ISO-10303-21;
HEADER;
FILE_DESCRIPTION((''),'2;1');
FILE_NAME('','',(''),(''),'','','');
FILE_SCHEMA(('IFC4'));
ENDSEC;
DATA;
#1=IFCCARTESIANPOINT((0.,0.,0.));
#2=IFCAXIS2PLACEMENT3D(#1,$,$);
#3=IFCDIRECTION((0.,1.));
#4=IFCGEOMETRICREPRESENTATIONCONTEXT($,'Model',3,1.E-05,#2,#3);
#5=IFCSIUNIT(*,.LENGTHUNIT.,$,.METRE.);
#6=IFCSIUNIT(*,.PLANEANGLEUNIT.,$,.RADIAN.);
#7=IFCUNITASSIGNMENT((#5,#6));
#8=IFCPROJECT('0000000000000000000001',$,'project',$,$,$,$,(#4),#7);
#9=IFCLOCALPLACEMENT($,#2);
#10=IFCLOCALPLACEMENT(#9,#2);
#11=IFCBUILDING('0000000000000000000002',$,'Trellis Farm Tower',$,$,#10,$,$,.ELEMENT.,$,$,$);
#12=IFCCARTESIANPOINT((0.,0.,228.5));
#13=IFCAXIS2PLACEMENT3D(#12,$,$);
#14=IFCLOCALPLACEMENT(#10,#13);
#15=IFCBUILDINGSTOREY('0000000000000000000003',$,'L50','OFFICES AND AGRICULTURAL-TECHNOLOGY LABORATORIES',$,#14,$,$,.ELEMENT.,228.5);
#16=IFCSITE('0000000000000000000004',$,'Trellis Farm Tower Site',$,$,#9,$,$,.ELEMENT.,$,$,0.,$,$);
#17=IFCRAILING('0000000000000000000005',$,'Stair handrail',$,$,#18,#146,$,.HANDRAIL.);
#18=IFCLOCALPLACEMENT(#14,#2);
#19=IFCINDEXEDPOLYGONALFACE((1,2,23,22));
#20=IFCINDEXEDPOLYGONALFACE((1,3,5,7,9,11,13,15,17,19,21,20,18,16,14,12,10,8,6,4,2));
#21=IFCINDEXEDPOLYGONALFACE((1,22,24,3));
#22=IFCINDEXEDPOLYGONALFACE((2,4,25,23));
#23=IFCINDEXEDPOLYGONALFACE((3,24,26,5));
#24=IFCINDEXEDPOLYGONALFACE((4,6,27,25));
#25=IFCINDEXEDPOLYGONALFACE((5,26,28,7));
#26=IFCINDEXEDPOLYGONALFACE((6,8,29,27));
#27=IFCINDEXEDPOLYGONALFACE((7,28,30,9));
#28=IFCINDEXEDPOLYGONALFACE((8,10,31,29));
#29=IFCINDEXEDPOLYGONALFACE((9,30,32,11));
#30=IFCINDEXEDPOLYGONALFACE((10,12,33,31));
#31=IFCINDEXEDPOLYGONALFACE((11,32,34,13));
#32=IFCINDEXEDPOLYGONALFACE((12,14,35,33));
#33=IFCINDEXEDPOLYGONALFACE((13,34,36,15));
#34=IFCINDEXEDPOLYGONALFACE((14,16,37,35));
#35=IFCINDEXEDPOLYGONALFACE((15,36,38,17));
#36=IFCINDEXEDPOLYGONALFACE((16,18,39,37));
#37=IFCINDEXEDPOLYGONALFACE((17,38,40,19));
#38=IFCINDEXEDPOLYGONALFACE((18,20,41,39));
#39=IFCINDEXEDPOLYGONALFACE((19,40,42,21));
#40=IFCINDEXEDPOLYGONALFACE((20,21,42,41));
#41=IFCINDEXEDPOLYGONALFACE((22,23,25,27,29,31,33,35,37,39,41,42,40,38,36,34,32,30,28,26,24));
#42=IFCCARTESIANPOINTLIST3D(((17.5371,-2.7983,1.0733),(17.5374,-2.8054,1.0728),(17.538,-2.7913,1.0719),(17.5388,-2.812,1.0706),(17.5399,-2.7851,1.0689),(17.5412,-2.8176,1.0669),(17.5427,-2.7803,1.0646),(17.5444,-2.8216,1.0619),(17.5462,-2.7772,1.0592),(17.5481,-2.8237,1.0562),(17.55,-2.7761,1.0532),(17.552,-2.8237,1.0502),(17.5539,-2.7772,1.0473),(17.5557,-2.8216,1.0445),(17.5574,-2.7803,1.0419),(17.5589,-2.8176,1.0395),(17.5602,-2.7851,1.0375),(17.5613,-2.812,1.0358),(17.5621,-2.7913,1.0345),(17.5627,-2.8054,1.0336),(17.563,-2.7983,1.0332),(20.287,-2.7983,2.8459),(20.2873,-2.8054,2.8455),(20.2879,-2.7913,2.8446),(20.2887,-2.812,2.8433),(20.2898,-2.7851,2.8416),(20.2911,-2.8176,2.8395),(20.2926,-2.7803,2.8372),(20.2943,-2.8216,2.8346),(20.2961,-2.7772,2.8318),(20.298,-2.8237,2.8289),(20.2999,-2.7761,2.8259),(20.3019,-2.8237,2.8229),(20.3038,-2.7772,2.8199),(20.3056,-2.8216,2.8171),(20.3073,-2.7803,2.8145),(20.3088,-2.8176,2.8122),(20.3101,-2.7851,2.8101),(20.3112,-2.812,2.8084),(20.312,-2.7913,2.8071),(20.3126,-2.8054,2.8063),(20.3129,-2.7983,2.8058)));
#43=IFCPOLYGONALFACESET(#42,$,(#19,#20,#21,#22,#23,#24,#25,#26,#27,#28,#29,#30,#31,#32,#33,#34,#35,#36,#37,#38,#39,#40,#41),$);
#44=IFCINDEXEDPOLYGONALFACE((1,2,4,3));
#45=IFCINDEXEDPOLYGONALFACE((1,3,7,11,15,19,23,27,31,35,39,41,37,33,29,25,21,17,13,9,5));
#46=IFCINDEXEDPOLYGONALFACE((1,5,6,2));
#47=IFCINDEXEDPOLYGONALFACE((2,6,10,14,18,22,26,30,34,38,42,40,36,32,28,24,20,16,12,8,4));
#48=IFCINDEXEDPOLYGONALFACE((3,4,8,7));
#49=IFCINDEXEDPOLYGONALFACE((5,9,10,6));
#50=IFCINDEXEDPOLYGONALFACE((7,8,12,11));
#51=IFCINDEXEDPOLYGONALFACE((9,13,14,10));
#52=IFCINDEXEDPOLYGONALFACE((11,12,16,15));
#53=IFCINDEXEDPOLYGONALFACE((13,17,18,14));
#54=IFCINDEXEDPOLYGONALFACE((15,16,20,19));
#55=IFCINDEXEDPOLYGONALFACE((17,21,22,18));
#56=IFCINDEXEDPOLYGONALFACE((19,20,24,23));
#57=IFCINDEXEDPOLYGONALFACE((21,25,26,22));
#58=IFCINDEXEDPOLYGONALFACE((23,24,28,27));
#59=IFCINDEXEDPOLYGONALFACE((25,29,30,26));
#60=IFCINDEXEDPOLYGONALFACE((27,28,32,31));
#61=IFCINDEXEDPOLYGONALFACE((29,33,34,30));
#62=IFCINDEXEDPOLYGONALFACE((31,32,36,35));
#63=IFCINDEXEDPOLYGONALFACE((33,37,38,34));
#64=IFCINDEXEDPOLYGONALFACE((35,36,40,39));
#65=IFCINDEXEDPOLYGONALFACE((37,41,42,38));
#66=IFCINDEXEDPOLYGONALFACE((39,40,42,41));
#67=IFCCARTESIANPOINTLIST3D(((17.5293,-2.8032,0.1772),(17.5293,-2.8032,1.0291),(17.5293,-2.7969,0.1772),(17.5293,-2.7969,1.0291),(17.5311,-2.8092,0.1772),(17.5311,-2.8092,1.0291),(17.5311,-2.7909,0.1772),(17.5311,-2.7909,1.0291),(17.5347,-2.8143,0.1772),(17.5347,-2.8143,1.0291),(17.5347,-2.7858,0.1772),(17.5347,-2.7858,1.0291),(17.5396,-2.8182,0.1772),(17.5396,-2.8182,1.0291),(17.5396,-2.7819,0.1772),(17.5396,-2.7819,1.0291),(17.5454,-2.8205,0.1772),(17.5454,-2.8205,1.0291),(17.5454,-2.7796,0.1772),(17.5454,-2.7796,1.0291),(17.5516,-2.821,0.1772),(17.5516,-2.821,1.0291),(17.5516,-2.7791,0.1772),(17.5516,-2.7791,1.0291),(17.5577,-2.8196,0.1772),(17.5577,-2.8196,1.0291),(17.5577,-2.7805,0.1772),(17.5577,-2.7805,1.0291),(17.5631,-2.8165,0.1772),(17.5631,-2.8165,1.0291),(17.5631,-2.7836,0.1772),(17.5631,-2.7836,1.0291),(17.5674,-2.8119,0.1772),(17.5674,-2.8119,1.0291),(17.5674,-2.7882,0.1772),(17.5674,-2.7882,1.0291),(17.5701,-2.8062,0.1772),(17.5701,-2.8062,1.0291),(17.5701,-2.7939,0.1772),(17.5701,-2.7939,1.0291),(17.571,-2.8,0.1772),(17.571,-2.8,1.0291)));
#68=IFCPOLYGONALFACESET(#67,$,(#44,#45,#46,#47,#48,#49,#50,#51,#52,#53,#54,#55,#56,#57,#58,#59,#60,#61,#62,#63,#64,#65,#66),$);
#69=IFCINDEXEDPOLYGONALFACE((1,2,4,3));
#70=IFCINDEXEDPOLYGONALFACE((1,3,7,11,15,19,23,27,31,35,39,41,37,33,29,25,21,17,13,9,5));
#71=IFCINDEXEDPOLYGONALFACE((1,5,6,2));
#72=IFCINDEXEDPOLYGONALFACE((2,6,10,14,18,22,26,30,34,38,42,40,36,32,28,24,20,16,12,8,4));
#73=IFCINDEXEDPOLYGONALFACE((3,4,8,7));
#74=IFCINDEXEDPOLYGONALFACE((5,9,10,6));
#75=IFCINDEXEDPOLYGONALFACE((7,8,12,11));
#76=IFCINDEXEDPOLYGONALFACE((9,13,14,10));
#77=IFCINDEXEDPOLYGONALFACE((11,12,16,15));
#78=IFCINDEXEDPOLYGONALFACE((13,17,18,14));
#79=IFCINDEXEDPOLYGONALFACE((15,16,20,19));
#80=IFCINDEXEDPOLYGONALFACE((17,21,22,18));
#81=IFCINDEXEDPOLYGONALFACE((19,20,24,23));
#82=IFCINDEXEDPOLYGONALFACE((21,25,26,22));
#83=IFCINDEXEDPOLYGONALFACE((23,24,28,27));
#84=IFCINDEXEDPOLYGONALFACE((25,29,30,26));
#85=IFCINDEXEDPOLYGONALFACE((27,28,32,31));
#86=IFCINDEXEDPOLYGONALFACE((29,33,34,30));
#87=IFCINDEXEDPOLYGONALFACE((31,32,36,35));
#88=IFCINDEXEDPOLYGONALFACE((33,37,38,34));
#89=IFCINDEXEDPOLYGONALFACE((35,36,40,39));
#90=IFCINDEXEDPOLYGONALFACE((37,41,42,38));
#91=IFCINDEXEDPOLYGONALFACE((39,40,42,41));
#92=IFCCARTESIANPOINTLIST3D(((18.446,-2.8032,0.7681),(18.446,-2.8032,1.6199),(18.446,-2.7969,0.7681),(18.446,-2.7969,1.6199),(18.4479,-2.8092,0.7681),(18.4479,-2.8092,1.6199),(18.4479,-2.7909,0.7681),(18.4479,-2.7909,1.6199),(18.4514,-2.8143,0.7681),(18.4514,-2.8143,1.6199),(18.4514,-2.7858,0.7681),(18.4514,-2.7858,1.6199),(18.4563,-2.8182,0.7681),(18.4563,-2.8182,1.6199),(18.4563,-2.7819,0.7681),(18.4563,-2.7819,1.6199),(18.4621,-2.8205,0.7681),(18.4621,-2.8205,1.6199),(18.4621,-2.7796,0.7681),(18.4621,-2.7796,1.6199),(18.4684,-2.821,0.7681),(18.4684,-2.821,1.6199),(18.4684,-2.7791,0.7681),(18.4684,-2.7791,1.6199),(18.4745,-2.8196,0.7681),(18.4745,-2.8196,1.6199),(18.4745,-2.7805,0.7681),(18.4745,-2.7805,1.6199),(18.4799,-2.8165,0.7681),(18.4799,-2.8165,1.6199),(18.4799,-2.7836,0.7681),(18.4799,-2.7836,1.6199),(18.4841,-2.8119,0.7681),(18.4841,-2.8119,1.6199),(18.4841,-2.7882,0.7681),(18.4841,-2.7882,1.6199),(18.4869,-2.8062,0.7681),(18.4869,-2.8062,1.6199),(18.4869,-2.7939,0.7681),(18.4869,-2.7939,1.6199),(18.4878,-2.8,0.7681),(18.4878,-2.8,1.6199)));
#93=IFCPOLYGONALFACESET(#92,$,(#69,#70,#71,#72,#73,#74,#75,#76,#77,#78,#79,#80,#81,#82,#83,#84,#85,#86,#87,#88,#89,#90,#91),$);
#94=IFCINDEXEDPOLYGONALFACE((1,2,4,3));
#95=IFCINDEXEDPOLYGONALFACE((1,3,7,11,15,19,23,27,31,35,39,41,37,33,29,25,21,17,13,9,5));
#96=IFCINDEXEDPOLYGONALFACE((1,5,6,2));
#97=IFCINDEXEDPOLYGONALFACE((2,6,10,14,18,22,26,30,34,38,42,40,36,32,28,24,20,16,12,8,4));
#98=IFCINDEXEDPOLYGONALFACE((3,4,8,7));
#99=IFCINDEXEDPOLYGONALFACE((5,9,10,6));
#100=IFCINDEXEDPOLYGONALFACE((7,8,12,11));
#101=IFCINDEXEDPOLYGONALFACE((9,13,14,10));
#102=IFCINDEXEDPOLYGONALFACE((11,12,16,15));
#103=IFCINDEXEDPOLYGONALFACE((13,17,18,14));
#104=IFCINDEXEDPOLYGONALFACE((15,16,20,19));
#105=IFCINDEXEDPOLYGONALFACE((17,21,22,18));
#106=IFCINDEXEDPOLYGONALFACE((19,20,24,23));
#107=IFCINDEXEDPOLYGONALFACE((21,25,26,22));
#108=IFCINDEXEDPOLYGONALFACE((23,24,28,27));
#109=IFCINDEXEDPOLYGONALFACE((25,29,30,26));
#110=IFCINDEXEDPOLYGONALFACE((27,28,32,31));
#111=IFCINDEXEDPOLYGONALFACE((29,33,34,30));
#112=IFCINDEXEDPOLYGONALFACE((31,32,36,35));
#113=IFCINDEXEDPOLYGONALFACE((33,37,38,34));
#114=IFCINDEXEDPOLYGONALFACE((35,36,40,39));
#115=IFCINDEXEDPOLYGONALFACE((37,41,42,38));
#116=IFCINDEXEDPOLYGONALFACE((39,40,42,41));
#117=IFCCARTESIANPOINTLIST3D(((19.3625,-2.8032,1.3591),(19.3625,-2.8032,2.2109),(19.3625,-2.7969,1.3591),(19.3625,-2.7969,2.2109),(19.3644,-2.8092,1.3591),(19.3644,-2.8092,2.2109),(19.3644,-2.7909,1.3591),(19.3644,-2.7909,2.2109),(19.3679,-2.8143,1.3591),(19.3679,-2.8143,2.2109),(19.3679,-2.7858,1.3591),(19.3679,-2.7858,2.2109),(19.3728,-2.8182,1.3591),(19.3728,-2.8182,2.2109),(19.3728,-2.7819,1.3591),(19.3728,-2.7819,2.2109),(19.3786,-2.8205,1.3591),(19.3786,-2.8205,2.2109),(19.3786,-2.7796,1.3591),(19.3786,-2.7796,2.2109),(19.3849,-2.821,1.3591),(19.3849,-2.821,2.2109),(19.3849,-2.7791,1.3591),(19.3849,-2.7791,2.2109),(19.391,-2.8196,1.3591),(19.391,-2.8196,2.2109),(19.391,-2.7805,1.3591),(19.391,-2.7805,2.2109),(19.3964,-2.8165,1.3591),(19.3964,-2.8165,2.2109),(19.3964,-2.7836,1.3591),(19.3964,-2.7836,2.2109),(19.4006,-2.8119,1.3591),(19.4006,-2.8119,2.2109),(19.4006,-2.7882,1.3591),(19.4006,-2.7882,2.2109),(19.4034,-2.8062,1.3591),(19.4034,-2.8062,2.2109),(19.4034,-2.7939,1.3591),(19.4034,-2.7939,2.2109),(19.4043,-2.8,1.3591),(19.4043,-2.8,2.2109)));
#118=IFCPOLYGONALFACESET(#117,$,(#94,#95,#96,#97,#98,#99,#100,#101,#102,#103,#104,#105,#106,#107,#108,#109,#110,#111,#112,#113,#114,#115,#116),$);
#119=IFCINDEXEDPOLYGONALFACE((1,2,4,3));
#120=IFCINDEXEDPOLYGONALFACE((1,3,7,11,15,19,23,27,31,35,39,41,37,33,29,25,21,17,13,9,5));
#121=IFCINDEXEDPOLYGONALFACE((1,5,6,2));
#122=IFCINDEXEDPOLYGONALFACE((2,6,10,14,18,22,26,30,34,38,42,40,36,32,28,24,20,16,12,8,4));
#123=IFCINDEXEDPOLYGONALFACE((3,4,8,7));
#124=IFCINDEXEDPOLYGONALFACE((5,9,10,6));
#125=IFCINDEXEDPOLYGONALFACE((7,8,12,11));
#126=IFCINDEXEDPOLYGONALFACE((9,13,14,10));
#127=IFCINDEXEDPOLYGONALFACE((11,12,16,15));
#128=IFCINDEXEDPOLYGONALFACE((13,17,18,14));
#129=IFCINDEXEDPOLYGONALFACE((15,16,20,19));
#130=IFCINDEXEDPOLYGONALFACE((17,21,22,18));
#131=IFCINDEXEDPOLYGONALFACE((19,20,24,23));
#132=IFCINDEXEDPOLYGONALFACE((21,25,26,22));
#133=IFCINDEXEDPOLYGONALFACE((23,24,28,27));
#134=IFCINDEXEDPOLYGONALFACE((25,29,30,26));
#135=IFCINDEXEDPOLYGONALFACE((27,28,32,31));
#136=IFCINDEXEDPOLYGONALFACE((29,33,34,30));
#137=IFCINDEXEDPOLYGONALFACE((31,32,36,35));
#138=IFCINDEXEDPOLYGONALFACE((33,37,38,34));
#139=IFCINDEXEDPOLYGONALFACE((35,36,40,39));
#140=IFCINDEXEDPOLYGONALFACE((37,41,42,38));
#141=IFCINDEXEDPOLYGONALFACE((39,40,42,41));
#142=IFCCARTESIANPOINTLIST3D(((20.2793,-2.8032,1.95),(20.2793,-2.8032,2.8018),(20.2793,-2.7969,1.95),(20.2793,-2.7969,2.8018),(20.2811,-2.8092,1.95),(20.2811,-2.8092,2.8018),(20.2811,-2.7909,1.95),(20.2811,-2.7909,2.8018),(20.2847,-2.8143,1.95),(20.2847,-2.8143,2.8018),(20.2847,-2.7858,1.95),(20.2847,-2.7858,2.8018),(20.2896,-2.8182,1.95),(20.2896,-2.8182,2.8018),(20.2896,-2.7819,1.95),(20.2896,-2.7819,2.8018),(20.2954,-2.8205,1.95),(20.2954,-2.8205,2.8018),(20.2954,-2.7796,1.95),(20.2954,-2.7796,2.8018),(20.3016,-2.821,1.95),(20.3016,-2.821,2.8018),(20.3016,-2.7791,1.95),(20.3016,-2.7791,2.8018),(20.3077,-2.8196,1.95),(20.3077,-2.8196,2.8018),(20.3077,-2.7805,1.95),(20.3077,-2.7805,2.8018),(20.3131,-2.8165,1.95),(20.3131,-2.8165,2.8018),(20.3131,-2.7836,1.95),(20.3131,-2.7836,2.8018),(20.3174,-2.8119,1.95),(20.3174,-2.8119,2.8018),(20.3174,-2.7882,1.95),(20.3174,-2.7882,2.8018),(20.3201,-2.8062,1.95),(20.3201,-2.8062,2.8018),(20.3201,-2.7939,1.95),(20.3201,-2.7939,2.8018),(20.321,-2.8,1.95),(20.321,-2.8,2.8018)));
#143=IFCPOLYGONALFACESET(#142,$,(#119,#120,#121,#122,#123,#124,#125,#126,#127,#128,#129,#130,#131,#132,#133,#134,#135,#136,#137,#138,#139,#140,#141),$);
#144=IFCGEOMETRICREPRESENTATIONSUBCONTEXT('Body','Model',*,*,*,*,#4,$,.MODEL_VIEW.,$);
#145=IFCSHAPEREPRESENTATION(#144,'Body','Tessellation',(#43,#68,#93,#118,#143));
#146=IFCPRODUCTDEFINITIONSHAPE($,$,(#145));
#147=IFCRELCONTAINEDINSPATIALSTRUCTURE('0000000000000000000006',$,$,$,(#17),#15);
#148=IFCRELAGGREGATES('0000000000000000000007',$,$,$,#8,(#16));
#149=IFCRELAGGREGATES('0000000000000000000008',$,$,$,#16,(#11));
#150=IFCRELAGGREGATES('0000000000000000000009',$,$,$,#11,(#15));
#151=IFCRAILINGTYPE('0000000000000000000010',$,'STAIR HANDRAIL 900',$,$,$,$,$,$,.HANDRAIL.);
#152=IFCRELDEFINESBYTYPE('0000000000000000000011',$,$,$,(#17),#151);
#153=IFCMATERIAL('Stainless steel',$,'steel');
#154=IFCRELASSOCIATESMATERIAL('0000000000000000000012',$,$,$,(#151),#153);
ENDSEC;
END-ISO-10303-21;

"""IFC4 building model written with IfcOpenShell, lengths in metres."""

from ifc_helpers import new_model, si_unit, direction, frame, origin, origin_2d, place, context, subcontext, project, spatial, circle, extrude, source, transform, mapped, material, type_object, element, save


model = new_model("IFC4")

# Units and contexts
model_context = context("Model", 3, precision=1e-05, world=origin(), true_north=direction((0.0, 1.0)))
body_context = subcontext(model_context, "Body", "Model", "MODEL_VIEW")
ifc_project = project(units=[si_unit("LENGTHUNIT", "METRE"), si_unit("PLANEANGLEUNIT", "RADIAN")], contexts=[model_context])

# Site, building, storey
site_placement = place(None, origin())
site = spatial("IfcSite", under=ifc_project, at=site_placement, Name="Trellis Farm Tower Site", CompositionType="ELEMENT", RefElevation=0.0)
building_placement = place(site_placement, origin())
building = spatial("IfcBuilding", under=site, at=building_placement, Name="Trellis Farm Tower", CompositionType="ELEMENT")
storey_placement = place(building_placement, frame((0.0, 0.0, 228.5)))
storey = spatial("IfcBuildingStorey", under=building, at=storey_placement, Name="L50", Description="OFFICES AND AGRICULTURAL-TECHNOLOGY LABORATORIES", CompositionType="ELEMENT", Elevation=228.5)

# Railing
ifc_material_1 = material(Name="Stainless steel", Category="steel")
railing_type = type_object("IfcRailingType", Name="STAIR HANDRAIL 900", PredefinedType="HANDRAIL", material=ifc_material_1)
shared_shape_1 = source(origin(), body_context, "Body", "SweptSolid", [
    extrude(circle(Radius=0.0239, at=origin_2d()), frame((0.0, 0.0, 0.876), z_axis=(0.840504, 0.0, 0.541806), x_axis=(0.0, 1.0, 0.0)), (0.0, 0.0, 1.0), 3.2717),
    extrude(circle(Radius=0.021, at=origin_2d()), origin(), (0.0, 0.0, 1.0), 0.8518),
    extrude(circle(Radius=0.021, at=origin_2d()), frame((0.9167, 0.0, 0.5908)), (0.0, 0.0, 1.0), 0.8518),
    extrude(circle(Radius=0.021, at=origin_2d()), frame((1.8333, 0.0, 1.1819)), (0.0, 0.0, 1.0), 0.8518),
    extrude(circle(Radius=0.021, at=origin_2d()), frame((2.75, 0.0, 1.7727)), (0.0, 0.0, 1.0), 0.8518),
])
railing_placement = place(storey_placement, frame((17.55, -2.8, 0.1772)))
element("IfcRailing", 1, at=railing_placement, inside=storey, type_object=railing_type, Name="Stair handrail", PredefinedType="HANDRAIL", context=body_context, shape_type="MappedRepresentation", body=[
    mapped(shared_shape_1, transform((0.0, 0.0, 0.0))),
])

save(model, "model.ifc")
